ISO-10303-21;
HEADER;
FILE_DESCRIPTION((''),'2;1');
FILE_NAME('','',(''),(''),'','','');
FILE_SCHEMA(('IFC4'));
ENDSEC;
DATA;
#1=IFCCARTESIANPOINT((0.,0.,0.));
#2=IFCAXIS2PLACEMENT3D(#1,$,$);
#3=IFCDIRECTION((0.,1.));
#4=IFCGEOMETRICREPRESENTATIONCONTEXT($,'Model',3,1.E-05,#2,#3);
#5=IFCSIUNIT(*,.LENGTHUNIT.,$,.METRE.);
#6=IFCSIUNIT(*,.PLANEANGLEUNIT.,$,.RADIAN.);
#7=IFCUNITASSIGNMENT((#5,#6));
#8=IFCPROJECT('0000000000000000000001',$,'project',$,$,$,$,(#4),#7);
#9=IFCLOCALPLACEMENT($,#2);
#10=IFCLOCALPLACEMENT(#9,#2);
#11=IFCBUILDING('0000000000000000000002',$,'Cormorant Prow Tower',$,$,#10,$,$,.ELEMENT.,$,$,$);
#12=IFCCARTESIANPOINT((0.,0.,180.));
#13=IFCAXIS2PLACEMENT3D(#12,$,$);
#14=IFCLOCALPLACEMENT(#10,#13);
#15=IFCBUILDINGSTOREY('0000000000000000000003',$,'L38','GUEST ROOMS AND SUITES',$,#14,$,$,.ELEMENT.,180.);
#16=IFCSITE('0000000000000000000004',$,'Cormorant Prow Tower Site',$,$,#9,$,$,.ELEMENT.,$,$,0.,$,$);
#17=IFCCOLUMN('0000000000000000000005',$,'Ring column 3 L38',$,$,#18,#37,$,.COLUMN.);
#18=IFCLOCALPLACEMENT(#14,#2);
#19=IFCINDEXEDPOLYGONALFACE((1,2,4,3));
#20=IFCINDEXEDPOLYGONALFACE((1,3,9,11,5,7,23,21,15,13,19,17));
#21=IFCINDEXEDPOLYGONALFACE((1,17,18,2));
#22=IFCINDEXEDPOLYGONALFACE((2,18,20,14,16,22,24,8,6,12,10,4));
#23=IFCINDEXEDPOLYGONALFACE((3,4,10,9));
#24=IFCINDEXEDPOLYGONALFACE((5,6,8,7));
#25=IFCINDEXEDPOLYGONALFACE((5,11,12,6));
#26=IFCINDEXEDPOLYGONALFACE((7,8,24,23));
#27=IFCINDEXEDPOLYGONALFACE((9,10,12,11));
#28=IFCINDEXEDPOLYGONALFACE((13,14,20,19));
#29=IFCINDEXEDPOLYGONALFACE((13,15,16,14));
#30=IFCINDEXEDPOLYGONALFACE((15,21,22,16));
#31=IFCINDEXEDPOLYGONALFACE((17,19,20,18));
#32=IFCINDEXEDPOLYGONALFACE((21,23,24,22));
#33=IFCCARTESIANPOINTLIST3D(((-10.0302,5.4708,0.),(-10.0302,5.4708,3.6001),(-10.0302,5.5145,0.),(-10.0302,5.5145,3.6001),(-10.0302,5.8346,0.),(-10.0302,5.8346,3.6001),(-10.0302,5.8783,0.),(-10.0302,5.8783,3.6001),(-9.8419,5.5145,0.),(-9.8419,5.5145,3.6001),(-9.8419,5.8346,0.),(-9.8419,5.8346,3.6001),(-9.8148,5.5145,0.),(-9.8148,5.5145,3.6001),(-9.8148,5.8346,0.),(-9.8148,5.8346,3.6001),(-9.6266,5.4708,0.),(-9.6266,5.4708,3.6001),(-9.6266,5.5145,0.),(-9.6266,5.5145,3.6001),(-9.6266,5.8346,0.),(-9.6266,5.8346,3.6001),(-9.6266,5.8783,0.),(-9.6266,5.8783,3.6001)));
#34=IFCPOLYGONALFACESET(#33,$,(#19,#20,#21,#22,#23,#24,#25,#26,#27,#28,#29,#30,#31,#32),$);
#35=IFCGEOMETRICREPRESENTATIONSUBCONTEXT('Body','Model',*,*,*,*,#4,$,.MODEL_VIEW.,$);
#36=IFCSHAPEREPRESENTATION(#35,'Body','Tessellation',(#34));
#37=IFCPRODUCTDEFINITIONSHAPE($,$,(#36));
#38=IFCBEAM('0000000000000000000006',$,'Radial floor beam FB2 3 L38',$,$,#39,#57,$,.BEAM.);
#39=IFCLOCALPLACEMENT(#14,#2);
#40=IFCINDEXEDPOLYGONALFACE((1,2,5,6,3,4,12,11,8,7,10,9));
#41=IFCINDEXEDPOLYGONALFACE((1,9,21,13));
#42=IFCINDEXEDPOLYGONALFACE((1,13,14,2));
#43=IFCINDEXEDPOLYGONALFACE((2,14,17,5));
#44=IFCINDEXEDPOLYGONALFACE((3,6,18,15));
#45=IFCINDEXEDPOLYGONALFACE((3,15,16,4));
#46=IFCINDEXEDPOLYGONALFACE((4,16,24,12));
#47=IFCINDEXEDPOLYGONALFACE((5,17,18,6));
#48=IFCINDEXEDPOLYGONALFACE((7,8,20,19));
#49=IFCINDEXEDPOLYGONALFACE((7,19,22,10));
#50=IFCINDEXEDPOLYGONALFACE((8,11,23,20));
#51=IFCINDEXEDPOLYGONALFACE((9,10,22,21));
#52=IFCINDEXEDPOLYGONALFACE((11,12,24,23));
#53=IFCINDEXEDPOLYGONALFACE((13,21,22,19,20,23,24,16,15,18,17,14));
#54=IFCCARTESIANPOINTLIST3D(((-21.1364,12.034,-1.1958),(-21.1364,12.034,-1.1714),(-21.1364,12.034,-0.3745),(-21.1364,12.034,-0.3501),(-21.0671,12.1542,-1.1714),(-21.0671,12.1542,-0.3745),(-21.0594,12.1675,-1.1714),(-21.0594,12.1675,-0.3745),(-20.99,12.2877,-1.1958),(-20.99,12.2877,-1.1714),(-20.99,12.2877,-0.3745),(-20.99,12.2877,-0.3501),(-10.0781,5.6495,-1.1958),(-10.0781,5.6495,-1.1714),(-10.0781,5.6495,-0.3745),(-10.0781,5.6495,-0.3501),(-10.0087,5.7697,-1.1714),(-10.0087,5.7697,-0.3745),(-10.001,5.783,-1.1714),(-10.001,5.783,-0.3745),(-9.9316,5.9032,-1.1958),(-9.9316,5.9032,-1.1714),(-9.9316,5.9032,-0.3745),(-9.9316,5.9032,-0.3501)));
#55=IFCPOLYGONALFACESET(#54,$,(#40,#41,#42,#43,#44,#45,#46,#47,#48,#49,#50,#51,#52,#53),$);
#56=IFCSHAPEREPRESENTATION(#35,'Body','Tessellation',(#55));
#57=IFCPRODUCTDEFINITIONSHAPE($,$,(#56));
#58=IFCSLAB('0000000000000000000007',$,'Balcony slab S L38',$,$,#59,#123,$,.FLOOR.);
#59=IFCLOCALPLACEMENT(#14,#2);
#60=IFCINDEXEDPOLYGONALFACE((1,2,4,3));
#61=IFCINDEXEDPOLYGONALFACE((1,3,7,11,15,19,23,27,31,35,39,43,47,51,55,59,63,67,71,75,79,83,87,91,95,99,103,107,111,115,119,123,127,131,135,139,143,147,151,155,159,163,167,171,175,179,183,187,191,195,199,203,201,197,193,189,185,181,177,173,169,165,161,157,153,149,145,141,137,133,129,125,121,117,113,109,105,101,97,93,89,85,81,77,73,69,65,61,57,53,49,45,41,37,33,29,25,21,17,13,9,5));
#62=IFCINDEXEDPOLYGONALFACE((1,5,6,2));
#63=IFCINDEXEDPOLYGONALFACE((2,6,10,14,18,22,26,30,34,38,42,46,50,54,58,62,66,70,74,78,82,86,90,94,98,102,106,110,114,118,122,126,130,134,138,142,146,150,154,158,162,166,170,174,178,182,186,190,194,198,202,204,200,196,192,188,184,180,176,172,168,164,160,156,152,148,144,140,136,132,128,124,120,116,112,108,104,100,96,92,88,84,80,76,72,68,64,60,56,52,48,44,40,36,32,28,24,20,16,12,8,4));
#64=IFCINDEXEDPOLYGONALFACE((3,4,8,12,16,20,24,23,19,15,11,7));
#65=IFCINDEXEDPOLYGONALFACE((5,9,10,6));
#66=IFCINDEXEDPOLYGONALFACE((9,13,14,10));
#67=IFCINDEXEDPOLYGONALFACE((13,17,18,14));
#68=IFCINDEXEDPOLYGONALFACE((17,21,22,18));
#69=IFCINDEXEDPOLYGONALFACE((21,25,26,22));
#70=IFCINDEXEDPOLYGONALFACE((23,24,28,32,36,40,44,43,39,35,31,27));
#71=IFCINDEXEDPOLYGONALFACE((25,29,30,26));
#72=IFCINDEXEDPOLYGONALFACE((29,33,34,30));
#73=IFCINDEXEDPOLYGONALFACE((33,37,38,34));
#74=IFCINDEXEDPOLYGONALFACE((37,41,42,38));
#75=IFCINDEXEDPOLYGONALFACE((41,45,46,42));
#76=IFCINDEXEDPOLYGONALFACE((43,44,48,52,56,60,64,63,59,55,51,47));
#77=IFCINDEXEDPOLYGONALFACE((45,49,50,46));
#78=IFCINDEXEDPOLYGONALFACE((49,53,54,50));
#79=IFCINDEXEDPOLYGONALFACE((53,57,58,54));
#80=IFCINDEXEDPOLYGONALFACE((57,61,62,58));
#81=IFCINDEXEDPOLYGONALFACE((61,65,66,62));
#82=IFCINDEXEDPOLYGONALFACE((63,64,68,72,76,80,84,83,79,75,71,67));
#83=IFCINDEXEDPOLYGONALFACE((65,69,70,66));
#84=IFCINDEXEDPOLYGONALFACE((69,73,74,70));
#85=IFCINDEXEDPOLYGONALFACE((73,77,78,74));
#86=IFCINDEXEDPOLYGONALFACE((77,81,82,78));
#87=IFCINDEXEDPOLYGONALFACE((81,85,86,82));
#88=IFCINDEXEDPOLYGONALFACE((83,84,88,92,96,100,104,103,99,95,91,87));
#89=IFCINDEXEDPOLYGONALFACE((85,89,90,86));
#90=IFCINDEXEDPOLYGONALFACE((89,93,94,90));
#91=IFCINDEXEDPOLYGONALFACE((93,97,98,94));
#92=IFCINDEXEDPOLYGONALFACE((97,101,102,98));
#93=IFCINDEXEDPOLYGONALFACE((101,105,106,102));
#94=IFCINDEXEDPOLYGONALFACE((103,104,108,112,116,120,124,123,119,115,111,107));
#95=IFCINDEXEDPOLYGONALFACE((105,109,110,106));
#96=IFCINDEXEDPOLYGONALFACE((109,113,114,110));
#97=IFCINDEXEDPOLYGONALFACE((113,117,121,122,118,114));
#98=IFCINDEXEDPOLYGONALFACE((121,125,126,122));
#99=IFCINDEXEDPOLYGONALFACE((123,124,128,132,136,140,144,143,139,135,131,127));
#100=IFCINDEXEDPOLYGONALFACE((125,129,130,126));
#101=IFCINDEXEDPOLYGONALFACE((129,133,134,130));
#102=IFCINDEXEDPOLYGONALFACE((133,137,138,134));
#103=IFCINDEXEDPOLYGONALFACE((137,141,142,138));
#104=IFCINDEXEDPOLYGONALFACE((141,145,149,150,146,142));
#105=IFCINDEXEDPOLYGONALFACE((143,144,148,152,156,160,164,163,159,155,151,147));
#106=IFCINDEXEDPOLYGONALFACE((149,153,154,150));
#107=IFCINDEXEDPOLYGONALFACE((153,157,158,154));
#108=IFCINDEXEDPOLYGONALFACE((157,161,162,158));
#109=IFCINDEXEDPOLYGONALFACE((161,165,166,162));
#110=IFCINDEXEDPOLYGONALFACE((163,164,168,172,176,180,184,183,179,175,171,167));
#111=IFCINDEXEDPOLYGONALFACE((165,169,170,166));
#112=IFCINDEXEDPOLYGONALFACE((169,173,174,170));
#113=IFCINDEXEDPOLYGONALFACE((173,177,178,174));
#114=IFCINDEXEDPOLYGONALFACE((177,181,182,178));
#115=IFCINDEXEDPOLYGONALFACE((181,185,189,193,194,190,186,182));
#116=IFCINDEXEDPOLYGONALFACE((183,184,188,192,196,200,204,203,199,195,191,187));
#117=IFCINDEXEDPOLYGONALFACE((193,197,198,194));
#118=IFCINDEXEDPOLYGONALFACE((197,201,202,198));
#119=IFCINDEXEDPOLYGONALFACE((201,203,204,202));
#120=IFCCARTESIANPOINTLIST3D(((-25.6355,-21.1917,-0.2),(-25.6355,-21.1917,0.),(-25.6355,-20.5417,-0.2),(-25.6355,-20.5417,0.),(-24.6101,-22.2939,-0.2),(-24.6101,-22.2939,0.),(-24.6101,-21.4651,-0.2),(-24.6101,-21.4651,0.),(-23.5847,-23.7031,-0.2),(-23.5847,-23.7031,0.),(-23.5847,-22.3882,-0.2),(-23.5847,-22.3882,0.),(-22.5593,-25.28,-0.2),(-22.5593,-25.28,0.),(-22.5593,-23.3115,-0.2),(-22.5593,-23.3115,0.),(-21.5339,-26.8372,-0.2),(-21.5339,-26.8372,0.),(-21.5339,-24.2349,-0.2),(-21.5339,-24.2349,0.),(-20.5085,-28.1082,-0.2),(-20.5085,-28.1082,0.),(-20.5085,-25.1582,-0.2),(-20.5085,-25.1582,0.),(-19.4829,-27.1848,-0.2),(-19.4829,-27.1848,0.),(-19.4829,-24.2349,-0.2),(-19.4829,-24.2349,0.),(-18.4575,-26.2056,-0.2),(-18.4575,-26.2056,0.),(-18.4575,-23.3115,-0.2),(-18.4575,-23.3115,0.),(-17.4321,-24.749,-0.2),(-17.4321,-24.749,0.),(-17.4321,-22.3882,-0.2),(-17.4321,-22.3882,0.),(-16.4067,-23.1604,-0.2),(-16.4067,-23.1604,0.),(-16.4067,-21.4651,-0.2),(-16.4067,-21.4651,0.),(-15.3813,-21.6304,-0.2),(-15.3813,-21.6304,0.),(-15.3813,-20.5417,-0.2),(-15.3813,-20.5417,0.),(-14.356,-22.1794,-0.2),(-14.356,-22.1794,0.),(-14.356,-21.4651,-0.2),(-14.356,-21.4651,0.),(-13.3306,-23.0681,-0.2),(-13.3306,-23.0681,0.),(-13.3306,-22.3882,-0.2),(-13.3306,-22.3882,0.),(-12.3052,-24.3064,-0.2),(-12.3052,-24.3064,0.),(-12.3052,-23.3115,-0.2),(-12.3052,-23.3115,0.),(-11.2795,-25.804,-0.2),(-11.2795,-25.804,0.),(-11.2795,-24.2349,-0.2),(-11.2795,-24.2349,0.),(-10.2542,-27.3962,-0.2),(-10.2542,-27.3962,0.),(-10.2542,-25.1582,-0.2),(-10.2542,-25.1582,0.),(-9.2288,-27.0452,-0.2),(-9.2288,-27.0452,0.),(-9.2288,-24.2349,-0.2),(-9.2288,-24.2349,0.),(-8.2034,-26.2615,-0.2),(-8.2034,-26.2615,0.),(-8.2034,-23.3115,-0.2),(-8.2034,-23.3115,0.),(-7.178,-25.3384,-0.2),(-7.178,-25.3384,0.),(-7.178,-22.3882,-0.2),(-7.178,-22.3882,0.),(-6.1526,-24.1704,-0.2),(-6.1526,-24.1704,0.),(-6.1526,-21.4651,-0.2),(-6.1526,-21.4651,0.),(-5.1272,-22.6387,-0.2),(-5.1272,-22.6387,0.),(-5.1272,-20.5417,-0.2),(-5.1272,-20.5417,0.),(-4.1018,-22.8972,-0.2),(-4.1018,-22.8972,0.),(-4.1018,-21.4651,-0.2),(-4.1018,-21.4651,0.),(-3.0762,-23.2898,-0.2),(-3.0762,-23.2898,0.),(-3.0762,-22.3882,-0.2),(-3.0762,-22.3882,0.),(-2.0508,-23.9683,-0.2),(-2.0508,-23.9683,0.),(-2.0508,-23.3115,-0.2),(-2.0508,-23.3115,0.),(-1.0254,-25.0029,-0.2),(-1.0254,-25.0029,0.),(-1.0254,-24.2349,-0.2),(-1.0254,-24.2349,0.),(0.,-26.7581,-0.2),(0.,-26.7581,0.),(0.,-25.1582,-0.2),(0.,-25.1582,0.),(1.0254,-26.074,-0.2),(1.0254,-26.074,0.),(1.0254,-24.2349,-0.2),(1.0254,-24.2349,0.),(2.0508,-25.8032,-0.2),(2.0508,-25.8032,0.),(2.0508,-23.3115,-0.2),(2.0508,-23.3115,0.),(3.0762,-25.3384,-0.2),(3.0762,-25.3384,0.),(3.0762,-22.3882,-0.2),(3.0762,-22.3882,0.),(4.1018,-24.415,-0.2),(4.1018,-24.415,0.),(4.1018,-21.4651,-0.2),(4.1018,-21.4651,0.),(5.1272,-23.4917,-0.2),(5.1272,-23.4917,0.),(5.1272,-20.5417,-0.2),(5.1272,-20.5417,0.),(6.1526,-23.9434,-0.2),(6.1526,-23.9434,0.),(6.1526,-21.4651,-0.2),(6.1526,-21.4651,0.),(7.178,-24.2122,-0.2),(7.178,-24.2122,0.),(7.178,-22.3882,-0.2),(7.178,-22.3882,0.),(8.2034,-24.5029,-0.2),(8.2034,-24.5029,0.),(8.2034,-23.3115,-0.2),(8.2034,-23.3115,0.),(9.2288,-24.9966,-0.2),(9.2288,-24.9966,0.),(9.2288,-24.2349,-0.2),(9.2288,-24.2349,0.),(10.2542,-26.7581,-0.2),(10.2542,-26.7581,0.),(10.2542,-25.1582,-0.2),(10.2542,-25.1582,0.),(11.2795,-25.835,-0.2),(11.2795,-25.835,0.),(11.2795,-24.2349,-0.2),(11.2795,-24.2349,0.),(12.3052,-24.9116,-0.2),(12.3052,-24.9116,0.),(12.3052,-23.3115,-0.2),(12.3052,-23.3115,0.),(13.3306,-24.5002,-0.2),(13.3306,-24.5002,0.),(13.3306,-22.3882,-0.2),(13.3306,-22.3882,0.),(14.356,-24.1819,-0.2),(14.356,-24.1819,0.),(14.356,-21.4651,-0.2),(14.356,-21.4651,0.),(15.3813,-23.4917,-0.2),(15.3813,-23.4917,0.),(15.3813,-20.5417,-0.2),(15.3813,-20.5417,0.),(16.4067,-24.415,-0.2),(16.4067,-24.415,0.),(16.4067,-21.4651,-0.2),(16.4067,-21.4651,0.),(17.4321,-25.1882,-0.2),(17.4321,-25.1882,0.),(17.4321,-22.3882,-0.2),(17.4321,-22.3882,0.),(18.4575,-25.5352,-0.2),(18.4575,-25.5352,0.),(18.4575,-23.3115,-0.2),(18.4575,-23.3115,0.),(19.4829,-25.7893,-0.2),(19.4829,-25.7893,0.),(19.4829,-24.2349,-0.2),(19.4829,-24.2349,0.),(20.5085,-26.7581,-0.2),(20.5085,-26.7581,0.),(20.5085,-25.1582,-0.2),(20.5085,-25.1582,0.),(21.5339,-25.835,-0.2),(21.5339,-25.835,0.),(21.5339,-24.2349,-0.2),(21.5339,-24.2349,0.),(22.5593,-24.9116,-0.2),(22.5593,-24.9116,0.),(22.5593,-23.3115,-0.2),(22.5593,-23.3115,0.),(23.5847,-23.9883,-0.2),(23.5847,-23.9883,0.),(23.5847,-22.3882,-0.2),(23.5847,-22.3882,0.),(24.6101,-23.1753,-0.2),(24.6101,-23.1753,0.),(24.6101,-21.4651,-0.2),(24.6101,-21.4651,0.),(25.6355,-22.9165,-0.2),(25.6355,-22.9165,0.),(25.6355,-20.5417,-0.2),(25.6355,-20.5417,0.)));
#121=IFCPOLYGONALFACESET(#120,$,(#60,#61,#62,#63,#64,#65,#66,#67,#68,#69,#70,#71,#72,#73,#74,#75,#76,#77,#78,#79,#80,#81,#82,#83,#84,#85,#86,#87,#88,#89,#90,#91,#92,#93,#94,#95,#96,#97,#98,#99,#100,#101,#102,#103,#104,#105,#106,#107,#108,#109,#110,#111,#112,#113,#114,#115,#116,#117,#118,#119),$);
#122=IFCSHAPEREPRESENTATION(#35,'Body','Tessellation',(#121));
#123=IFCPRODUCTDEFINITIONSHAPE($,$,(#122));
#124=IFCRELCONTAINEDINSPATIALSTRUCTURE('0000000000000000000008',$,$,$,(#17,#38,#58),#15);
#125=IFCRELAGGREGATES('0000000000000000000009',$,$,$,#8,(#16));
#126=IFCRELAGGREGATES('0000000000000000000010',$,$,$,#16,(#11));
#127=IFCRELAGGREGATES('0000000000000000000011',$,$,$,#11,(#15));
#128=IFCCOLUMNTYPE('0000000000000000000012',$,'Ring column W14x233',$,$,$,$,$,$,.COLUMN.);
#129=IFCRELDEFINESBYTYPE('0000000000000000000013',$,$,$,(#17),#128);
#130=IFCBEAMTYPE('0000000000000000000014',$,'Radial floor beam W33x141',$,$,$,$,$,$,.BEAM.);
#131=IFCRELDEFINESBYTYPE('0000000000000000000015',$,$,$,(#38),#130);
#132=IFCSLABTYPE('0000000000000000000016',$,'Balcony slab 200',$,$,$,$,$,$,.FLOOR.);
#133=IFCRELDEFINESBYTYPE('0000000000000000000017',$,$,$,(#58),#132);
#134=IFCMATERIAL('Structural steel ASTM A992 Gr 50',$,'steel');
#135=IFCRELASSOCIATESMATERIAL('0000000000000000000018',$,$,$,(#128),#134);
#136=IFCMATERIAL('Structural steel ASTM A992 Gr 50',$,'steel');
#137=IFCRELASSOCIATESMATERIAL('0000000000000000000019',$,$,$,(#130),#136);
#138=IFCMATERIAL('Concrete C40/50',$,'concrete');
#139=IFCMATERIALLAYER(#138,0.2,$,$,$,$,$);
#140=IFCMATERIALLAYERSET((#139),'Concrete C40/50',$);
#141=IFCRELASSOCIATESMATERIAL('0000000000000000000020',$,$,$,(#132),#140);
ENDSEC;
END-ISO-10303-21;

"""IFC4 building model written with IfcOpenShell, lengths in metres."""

from ifc_helpers import new_model, si_unit, direction, frame, origin, origin_2d, place, context, subcontext, project, spatial, polyline, i_section, outline, extrude, material, layer, layer_set, material_profile, profile_set, type_object, element, save


model = new_model("IFC4")

# Units and contexts
model_context = context("Model", 3, precision=1e-05, world=origin(), true_north=direction((0.0, 1.0)))
body_context = subcontext(model_context, "Body", "Model", "MODEL_VIEW")
ifc_project = project(units=[si_unit("LENGTHUNIT", "METRE"), si_unit("PLANEANGLEUNIT", "RADIAN")], contexts=[model_context])

# Site, building, storey
site_placement = place(None, origin())
site = spatial("IfcSite", under=ifc_project, at=site_placement, Name="Cormorant Prow Tower Site", CompositionType="ELEMENT", RefElevation=0.0)
building_placement = place(site_placement, origin())
building = spatial("IfcBuilding", under=site, at=building_placement, Name="Cormorant Prow Tower", CompositionType="ELEMENT")
storey_placement = place(building_placement, frame((0.0, 0.0, 180.0)))
storey = spatial("IfcBuildingStorey", under=building, at=storey_placement, Name="L38", Description="GUEST ROOMS AND SUITES", CompositionType="ELEMENT", Elevation=180.0)

# Column
ifc_material_1 = material(Name="Structural steel ASTM A992 Gr 50", Category="steel")
ifc_material_profile_1 = material_profile(ifc_material_1, i_section(OverallWidth=0.4036, OverallDepth=0.4075, WebThickness=0.0271, FlangeThickness=0.0437, at=origin_2d()), Name="W14x233")
ifc_profile_set_1 = profile_set([ifc_material_profile_1], Name="Structural steel ASTM A992 Gr 50")
column_type = type_object("IfcColumnType", Name="Ring column W14x233", PredefinedType="COLUMN", material=ifc_profile_set_1)
column_placement = place(storey_placement, frame((-9.8284, 5.6746, 0.0), z_axis=(0.0, 0.0, 1.0), x_axis=(1.0, 0.0, 0.0)))
element("IfcColumn", 1, at=column_placement, inside=storey, type_object=column_type, Name="Ring column 3 L38", PredefinedType="COLUMN", context=body_context, shape_type="SweptSolid", body=[
    extrude(i_section(OverallWidth=0.4036, OverallDepth=0.4075, WebThickness=0.0271, FlangeThickness=0.0437, at=origin_2d()), origin(), (0.0, 0.0, 1.0), 3.6001),
])

# Beam
ifc_material_2 = material(Name="Structural steel ASTM A992 Gr 50", Category="steel")
ifc_material_profile_2 = material_profile(ifc_material_2, i_section(OverallWidth=0.293, OverallDepth=0.8457, WebThickness=0.0154, FlangeThickness=0.0244, at=origin_2d()), Name="W33x141")
ifc_profile_set_2 = profile_set([ifc_material_profile_2], Name="Structural steel ASTM A992 Gr 50")
beam_type = type_object("IfcBeamType", Name="Radial floor beam W33x141", PredefinedType="BEAM", material=ifc_profile_set_2)
beam_placement = place(storey_placement, frame((-10.0049, 5.7764, -0.7729), z_axis=(-0.866026, 0.499999, 0.0), x_axis=(-0.499999, -0.866026, 0.0)))
element("IfcBeam", 2, at=beam_placement, inside=storey, type_object=beam_type, Name="Radial floor beam FB2 3 L38", PredefinedType="BEAM", context=body_context, shape_type="SweptSolid", body=[
    extrude(i_section(OverallWidth=0.293, OverallDepth=0.8457, WebThickness=0.0154, FlangeThickness=0.0244, at=origin_2d()), origin(), (0.0, 0.0, 1.0), 12.769),
])

# Slab
ifc_material_3 = material(Name="Concrete C40/50", Category="concrete")
ifc_layer_1 = layer(ifc_material_3, 0.2)
ifc_layer_set_1 = layer_set([ifc_layer_1], Name="Concrete C40/50")
slab_type_1 = type_object("IfcSlabType", Name="Balcony slab 200", PredefinedType="FLOOR", material=ifc_layer_set_1)
slab_1_placement = place(storey_placement, frame((0.0, 0.0, -0.2)))
element("IfcSlab", 3, at=slab_1_placement, inside=storey, type_object=slab_type_1, Name="Balcony slab S L38", PredefinedType="FLOOR", context=body_context, shape_type="SweptSolid", body=[
    extrude(outline(polyline([(-25.6355, -20.5417), (-25.6355, -21.1917), (-24.6101, -22.2939), (-23.5847, -23.7031), (-22.5593, -25.28), (-21.5339, -26.8372), (-20.5085, -28.1082), (-19.4829, -27.1848), (-18.4575, -26.2056), (-17.4321, -24.749), (-16.4067, -23.1604), (-15.3813, -21.6304), (-14.356, -22.1794), (-13.3306, -23.0681), (-12.3052, -24.3064), (-11.2795, -25.804), (-10.2542, -27.3962), (-9.2288, -27.0452), (-8.2034, -26.2615), (-7.178, -25.3384), (-6.1526, -24.1704), (-5.1272, -22.6387), (-4.1018, -22.8972), (-3.0762, -23.2898), (-2.0508, -23.9683), (-1.0254, -25.0029), (0.0, -26.7581), (1.0254, -26.074), (2.0508, -25.8032), (3.0762, -25.3384), (4.1018, -24.415), (5.1272, -23.4917), (6.1526, -23.9434), (7.178, -24.2122), (8.2034, -24.5029), (9.2288, -24.9966), (10.2542, -26.7581), (11.2795, -25.835), (12.3052, -24.9116), (13.3306, -24.5002), (14.356, -24.1819), (15.3813, -23.4917), (16.4067, -24.415), (17.4321, -25.1882), (18.4575, -25.5352), (19.4829, -25.7893), (20.5085, -26.7581), (21.5339, -25.835), (22.5593, -24.9116), (23.5847, -23.9883), (24.6101, -23.1753), (25.6355, -22.9165), (25.6355, -20.5417), (24.6101, -21.4651), (23.5847, -22.3882), (22.5593, -23.3115), (21.5339, -24.2349), (20.5085, -25.1582), (19.4829, -24.2349), (18.4575, -23.3115), (17.4321, -22.3882), (16.4067, -21.4651), (15.3813, -20.5417), (14.356, -21.4651), (13.3306, -22.3882), (12.3052, -23.3115), (11.2795, -24.2349), (10.2542, -25.1582), (9.2288, -24.2349), (8.2034, -23.3115), (7.178, -22.3882), (6.1526, -21.4651), (5.1272, -20.5417), (4.1018, -21.4651), (3.0762, -22.3882), (2.0508, -23.3115), (1.0254, -24.2349), (0.0, -25.1582), (-1.0254, -24.2349), (-2.0508, -23.3115), (-3.0762, -22.3882), (-4.1018, -21.4651), (-5.1272, -20.5417), (-6.1526, -21.4651), (-7.178, -22.3882), (-8.2034, -23.3115), (-9.2288, -24.2349), (-10.2542, -25.1582), (-11.2795, -24.2349), (-12.3052, -23.3115), (-13.3306, -22.3882), (-14.356, -21.4651), (-15.3813, -20.5417), (-16.4067, -21.4651), (-17.4321, -22.3882), (-18.4575, -23.3115), (-19.4829, -24.2349), (-20.5085, -25.1582), (-21.5339, -24.2349), (-22.5593, -23.3115), (-23.5847, -22.3882), (-24.6101, -21.4651), (-25.6355, -20.5417)])), origin(), (0.0, 0.0, 1.0), 0.2),
])

save(model, "model.ifc")
